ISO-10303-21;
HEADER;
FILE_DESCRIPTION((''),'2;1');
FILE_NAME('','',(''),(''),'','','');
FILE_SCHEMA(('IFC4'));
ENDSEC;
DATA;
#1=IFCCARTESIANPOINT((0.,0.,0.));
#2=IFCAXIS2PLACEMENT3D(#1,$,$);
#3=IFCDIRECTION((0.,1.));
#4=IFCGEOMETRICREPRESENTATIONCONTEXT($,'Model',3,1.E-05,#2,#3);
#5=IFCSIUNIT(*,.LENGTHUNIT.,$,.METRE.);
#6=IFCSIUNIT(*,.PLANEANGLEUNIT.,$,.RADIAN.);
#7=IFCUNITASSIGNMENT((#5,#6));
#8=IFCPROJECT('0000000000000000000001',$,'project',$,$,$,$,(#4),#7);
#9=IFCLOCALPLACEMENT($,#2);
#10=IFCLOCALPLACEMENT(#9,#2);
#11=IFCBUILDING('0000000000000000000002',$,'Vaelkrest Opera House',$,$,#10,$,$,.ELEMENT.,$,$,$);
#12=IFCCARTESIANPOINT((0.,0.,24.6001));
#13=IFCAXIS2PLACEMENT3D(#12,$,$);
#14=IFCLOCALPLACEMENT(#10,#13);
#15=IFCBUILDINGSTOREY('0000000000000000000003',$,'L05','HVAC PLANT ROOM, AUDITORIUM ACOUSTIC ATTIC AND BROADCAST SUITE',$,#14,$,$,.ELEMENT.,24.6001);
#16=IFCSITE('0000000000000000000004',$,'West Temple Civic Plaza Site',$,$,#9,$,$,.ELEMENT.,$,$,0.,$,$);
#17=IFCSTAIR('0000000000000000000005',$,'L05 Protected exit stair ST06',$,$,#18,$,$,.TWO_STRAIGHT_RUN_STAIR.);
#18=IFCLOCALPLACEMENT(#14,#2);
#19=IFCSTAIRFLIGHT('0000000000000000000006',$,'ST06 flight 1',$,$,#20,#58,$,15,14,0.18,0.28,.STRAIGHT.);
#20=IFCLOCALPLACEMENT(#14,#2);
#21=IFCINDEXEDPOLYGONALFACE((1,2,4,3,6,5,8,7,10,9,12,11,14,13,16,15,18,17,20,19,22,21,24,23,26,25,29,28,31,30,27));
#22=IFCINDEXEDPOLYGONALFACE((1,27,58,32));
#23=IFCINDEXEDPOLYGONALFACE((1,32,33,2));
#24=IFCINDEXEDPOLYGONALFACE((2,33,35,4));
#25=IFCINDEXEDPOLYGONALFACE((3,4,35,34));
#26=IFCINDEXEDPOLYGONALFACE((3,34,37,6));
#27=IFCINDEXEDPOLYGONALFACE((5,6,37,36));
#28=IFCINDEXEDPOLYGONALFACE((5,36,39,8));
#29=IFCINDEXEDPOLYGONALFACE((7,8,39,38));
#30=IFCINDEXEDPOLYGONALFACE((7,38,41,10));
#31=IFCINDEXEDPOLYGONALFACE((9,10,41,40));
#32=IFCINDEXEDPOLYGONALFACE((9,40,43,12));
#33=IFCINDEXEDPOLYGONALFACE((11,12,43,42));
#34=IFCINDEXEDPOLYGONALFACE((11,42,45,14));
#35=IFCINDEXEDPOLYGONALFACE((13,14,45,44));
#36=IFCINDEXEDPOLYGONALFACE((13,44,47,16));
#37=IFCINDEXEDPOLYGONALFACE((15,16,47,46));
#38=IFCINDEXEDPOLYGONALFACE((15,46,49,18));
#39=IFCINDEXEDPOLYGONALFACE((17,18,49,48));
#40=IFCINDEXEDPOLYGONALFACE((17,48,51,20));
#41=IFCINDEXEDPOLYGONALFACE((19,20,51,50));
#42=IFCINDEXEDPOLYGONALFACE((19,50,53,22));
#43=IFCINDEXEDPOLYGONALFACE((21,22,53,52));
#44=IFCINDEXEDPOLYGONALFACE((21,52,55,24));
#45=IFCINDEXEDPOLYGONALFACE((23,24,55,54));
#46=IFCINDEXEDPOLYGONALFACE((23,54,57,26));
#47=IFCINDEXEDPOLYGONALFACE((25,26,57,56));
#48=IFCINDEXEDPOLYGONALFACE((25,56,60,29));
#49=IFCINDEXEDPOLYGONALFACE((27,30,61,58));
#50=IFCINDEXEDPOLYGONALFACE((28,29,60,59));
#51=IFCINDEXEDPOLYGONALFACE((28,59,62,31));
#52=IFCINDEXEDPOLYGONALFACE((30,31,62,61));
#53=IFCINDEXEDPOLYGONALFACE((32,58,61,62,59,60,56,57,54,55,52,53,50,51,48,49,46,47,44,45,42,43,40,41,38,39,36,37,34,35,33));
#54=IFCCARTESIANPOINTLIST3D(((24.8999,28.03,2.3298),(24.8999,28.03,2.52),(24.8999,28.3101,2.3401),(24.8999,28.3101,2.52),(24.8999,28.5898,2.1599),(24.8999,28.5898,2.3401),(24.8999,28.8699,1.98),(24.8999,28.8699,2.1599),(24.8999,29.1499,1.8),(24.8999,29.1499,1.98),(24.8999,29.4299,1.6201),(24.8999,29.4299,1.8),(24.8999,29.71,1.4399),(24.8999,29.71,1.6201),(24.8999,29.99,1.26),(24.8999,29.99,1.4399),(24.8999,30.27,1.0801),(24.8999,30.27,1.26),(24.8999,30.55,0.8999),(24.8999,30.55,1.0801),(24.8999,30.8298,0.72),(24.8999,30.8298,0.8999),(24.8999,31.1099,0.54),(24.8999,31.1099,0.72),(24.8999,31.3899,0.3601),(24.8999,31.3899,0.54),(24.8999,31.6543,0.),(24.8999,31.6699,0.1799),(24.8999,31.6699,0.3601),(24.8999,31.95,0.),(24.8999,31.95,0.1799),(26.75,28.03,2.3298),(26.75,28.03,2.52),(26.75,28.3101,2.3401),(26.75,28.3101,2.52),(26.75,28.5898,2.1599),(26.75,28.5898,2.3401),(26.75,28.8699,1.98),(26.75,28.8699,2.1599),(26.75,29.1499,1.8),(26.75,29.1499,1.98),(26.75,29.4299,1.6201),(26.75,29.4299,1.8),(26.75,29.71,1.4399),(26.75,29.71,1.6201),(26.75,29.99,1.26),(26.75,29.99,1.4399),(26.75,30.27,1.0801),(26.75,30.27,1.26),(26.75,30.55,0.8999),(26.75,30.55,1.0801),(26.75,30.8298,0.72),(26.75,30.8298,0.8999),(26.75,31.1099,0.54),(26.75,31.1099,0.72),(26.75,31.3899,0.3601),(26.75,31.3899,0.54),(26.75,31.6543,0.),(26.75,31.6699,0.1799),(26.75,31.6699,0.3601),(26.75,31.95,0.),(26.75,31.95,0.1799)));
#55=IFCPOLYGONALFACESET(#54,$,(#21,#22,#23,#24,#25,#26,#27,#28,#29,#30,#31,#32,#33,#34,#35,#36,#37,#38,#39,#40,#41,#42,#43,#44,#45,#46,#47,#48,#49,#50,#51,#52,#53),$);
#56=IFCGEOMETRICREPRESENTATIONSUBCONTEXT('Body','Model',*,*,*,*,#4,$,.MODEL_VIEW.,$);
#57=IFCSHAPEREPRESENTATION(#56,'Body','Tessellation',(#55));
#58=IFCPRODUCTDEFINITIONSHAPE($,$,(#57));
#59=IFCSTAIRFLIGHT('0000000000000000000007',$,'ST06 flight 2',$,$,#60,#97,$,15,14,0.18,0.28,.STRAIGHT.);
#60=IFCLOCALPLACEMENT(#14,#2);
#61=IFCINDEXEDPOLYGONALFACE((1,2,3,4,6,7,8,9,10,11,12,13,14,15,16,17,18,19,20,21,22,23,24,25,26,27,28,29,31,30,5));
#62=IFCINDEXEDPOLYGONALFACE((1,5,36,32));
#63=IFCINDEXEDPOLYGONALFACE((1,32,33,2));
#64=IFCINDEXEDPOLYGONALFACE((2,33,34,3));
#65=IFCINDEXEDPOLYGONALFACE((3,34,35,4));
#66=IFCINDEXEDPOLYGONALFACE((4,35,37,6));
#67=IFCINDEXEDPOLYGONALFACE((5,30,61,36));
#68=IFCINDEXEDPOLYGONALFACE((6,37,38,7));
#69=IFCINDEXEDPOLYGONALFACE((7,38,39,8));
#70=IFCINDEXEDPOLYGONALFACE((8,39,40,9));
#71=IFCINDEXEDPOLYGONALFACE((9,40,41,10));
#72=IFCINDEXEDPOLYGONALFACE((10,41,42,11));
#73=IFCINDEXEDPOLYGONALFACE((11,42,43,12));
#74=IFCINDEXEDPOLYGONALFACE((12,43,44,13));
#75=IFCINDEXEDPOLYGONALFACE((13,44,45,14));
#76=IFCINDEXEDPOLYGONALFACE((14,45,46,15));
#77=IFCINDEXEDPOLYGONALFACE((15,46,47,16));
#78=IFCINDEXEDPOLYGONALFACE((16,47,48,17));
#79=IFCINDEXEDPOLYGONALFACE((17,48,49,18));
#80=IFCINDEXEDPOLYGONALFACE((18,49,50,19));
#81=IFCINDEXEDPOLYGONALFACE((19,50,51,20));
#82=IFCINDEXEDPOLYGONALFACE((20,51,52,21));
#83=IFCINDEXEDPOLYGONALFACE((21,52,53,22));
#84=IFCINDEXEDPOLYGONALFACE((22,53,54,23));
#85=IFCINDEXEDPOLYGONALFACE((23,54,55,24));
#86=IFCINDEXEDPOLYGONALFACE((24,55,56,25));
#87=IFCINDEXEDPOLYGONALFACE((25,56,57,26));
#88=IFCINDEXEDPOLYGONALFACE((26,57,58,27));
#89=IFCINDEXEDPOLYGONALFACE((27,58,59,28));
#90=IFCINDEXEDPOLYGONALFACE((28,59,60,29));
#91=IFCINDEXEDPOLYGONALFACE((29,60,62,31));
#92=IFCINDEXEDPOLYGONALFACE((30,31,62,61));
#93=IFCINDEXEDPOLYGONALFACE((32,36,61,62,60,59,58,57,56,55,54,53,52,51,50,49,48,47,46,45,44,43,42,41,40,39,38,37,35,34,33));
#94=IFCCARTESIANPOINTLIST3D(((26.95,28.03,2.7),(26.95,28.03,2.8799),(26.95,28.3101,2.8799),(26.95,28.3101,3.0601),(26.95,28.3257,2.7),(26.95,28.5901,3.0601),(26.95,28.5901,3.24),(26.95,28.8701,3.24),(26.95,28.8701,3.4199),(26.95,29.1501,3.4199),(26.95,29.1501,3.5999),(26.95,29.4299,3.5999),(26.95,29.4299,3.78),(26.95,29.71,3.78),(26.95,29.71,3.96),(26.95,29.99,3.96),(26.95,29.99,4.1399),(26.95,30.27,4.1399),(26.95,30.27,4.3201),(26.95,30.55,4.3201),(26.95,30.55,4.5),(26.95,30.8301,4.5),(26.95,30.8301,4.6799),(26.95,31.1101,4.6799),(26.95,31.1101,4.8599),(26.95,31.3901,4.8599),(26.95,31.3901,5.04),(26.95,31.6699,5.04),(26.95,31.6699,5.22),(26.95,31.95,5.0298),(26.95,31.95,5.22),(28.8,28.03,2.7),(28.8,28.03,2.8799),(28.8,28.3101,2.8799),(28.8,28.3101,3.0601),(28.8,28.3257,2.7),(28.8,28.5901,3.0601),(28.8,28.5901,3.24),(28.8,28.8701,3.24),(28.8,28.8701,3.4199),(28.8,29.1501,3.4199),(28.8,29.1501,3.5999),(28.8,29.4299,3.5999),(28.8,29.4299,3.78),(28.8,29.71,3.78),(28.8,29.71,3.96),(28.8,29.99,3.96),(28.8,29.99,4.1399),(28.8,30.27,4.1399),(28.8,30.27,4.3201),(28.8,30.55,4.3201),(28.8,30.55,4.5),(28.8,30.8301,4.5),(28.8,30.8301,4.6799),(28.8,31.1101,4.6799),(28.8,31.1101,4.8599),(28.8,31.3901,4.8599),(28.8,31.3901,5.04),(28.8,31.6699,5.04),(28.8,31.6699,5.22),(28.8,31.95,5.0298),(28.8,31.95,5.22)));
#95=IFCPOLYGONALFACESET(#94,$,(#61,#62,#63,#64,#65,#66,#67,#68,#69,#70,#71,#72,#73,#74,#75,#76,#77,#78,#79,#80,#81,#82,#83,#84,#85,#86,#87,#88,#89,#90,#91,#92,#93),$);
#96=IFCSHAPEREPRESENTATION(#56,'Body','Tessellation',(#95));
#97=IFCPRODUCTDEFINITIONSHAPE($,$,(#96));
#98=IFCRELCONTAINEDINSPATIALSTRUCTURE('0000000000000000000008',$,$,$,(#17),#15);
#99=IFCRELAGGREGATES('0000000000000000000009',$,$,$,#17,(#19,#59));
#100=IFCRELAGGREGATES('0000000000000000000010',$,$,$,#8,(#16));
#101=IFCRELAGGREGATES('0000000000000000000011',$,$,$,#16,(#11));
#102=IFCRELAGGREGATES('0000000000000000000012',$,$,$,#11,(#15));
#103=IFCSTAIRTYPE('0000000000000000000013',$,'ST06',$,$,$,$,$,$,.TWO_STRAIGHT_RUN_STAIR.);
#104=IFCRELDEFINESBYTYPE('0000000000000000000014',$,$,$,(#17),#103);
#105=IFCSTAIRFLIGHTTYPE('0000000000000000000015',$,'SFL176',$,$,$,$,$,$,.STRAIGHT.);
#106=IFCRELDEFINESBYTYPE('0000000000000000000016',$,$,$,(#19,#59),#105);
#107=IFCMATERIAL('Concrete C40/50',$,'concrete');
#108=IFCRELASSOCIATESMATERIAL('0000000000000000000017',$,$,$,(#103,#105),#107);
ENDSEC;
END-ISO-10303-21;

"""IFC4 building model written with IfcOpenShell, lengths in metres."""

from ifc_helpers import new_model, si_unit, direction, frame, origin, place, context, subcontext, project, spatial, polyline, outline, extrude, material, type_object, element, aggregate, save


model = new_model("IFC4")

# Units and contexts
model_context = context("Model", 3, precision=1e-05, world=origin(), true_north=direction((0.0, 1.0)))
body_context = subcontext(model_context, "Body", "Model", "MODEL_VIEW")
ifc_project = project(units=[si_unit("LENGTHUNIT", "METRE"), si_unit("PLANEANGLEUNIT", "RADIAN")], contexts=[model_context])

# Site, building, storey
site_placement = place(None, origin())
site = spatial("IfcSite", under=ifc_project, at=site_placement, Name="West Temple Civic Plaza Site", CompositionType="ELEMENT", RefElevation=0.0)
building_placement = place(site_placement, origin())
building = spatial("IfcBuilding", under=site, at=building_placement, Name="Vaelkrest Opera House", CompositionType="ELEMENT")
storey_placement = place(building_placement, frame((0.0, 0.0, 24.6001)))
storey = spatial("IfcBuildingStorey", under=building, at=storey_placement, Name="L05", Description="HVAC PLANT ROOM, AUDITORIUM ACOUSTIC ATTIC AND BROADCAST SUITE", CompositionType="ELEMENT", Elevation=24.6001)

# Shared definitions
ifc_material_1 = material(Name="Concrete C40/50", Category="concrete")

# Stair, stair flights
stair_type = type_object("IfcStairType", Name="ST06", PredefinedType="TWO_STRAIGHT_RUN_STAIR", material=ifc_material_1)
stair_placement = place(storey_placement, origin())
stair = element("IfcStair", 1, at=stair_placement, inside=storey, type_object=stair_type, Name="L05 Protected exit stair ST06", PredefinedType="TWO_STRAIGHT_RUN_STAIR")
stair_flight_type = type_object("IfcStairFlightType", Name="SFL176", PredefinedType="STRAIGHT", material=ifc_material_1)
stair_flight_1_placement = place(storey_placement, frame((25.825, 31.95, 0.0), z_axis=(0.0, 0.0, 1.0), x_axis=(0.0, -1.0, 0.0)))
stair_flight_1 = element("IfcStairFlight", 2, at=stair_flight_1_placement, type_object=stair_flight_type, Name="ST06 flight 1", NumberOfRisers=15, NumberOfTreads=14, PredefinedType="STRAIGHT", RiserHeight=0.18, TreadLength=0.28, context=body_context, shape_type="SweptSolid", body=[
    extrude(outline(polyline([(0.0, 0.0), (0.0, 0.1799), (0.28, 0.1799), (0.28, 0.3601), (0.5601, 0.3601), (0.5601, 0.54), (0.8401, 0.54), (0.8401, 0.72), (1.1201, 0.72), (1.1201, 0.8999), (1.3999, 0.8999), (1.3999, 1.0801), (1.6799, 1.0801), (1.6799, 1.26), (1.96, 1.26), (1.96, 1.4399), (2.24, 1.4399), (2.24, 1.6201), (2.52, 1.6201), (2.52, 1.8), (2.8, 1.8), (2.8, 1.98), (3.0801, 1.98), (3.0801, 2.1599), (3.3601, 2.1599), (3.3601, 2.3401), (3.6399, 2.3401), (3.6399, 2.52), (3.9199, 2.52), (3.9199, 2.7), (3.9199, 2.3298), (0.2957, 0.0), (0.0, 0.0)])), frame((0.0, 0.925, 0.0), z_axis=(0.0, -1.0, 0.0), x_axis=(1.0, 0.0, 0.0)), (0.0, 0.0, 1.0), 1.8501),
])
stair_flight_2_placement = place(storey_placement, frame((27.875, 28.03, 2.7), z_axis=(0.0, 0.0, 1.0), x_axis=(0.0, 1.0, 0.0)))
stair_flight_2 = element("IfcStairFlight", 3, at=stair_flight_2_placement, type_object=stair_flight_type, Name="ST06 flight 2", NumberOfRisers=15, NumberOfTreads=14, PredefinedType="STRAIGHT", RiserHeight=0.18, TreadLength=0.28, context=body_context, shape_type="SweptSolid", body=[
    extrude(outline(polyline([(0.0, 0.0), (0.0, 0.1799), (0.28, 0.1799), (0.28, 0.3601), (0.5601, 0.3601), (0.5601, 0.54), (0.8401, 0.54), (0.8401, 0.72), (1.1201, 0.72), (1.1201, 0.8999), (1.3999, 0.8999), (1.3999, 1.0801), (1.6799, 1.0801), (1.6799, 1.26), (1.96, 1.26), (1.96, 1.4399), (2.24, 1.4399), (2.24, 1.6201), (2.52, 1.6201), (2.52, 1.8), (2.8, 1.8), (2.8, 1.98), (3.0801, 1.98), (3.0801, 2.1599), (3.3601, 2.1599), (3.3601, 2.3401), (3.6399, 2.3401), (3.6399, 2.52), (3.9199, 2.52), (3.9199, 2.7), (3.9199, 2.3298), (0.2957, 0.0), (0.0, 0.0)])), frame((0.0, 0.925, 0.0), z_axis=(0.0, -1.0, 0.0), x_axis=(1.0, 0.0, 0.0)), (0.0, 0.0, 1.0), 1.8501),
])
aggregate(stair, [stair_flight_1, stair_flight_2])

save(model, "model.ifc")
